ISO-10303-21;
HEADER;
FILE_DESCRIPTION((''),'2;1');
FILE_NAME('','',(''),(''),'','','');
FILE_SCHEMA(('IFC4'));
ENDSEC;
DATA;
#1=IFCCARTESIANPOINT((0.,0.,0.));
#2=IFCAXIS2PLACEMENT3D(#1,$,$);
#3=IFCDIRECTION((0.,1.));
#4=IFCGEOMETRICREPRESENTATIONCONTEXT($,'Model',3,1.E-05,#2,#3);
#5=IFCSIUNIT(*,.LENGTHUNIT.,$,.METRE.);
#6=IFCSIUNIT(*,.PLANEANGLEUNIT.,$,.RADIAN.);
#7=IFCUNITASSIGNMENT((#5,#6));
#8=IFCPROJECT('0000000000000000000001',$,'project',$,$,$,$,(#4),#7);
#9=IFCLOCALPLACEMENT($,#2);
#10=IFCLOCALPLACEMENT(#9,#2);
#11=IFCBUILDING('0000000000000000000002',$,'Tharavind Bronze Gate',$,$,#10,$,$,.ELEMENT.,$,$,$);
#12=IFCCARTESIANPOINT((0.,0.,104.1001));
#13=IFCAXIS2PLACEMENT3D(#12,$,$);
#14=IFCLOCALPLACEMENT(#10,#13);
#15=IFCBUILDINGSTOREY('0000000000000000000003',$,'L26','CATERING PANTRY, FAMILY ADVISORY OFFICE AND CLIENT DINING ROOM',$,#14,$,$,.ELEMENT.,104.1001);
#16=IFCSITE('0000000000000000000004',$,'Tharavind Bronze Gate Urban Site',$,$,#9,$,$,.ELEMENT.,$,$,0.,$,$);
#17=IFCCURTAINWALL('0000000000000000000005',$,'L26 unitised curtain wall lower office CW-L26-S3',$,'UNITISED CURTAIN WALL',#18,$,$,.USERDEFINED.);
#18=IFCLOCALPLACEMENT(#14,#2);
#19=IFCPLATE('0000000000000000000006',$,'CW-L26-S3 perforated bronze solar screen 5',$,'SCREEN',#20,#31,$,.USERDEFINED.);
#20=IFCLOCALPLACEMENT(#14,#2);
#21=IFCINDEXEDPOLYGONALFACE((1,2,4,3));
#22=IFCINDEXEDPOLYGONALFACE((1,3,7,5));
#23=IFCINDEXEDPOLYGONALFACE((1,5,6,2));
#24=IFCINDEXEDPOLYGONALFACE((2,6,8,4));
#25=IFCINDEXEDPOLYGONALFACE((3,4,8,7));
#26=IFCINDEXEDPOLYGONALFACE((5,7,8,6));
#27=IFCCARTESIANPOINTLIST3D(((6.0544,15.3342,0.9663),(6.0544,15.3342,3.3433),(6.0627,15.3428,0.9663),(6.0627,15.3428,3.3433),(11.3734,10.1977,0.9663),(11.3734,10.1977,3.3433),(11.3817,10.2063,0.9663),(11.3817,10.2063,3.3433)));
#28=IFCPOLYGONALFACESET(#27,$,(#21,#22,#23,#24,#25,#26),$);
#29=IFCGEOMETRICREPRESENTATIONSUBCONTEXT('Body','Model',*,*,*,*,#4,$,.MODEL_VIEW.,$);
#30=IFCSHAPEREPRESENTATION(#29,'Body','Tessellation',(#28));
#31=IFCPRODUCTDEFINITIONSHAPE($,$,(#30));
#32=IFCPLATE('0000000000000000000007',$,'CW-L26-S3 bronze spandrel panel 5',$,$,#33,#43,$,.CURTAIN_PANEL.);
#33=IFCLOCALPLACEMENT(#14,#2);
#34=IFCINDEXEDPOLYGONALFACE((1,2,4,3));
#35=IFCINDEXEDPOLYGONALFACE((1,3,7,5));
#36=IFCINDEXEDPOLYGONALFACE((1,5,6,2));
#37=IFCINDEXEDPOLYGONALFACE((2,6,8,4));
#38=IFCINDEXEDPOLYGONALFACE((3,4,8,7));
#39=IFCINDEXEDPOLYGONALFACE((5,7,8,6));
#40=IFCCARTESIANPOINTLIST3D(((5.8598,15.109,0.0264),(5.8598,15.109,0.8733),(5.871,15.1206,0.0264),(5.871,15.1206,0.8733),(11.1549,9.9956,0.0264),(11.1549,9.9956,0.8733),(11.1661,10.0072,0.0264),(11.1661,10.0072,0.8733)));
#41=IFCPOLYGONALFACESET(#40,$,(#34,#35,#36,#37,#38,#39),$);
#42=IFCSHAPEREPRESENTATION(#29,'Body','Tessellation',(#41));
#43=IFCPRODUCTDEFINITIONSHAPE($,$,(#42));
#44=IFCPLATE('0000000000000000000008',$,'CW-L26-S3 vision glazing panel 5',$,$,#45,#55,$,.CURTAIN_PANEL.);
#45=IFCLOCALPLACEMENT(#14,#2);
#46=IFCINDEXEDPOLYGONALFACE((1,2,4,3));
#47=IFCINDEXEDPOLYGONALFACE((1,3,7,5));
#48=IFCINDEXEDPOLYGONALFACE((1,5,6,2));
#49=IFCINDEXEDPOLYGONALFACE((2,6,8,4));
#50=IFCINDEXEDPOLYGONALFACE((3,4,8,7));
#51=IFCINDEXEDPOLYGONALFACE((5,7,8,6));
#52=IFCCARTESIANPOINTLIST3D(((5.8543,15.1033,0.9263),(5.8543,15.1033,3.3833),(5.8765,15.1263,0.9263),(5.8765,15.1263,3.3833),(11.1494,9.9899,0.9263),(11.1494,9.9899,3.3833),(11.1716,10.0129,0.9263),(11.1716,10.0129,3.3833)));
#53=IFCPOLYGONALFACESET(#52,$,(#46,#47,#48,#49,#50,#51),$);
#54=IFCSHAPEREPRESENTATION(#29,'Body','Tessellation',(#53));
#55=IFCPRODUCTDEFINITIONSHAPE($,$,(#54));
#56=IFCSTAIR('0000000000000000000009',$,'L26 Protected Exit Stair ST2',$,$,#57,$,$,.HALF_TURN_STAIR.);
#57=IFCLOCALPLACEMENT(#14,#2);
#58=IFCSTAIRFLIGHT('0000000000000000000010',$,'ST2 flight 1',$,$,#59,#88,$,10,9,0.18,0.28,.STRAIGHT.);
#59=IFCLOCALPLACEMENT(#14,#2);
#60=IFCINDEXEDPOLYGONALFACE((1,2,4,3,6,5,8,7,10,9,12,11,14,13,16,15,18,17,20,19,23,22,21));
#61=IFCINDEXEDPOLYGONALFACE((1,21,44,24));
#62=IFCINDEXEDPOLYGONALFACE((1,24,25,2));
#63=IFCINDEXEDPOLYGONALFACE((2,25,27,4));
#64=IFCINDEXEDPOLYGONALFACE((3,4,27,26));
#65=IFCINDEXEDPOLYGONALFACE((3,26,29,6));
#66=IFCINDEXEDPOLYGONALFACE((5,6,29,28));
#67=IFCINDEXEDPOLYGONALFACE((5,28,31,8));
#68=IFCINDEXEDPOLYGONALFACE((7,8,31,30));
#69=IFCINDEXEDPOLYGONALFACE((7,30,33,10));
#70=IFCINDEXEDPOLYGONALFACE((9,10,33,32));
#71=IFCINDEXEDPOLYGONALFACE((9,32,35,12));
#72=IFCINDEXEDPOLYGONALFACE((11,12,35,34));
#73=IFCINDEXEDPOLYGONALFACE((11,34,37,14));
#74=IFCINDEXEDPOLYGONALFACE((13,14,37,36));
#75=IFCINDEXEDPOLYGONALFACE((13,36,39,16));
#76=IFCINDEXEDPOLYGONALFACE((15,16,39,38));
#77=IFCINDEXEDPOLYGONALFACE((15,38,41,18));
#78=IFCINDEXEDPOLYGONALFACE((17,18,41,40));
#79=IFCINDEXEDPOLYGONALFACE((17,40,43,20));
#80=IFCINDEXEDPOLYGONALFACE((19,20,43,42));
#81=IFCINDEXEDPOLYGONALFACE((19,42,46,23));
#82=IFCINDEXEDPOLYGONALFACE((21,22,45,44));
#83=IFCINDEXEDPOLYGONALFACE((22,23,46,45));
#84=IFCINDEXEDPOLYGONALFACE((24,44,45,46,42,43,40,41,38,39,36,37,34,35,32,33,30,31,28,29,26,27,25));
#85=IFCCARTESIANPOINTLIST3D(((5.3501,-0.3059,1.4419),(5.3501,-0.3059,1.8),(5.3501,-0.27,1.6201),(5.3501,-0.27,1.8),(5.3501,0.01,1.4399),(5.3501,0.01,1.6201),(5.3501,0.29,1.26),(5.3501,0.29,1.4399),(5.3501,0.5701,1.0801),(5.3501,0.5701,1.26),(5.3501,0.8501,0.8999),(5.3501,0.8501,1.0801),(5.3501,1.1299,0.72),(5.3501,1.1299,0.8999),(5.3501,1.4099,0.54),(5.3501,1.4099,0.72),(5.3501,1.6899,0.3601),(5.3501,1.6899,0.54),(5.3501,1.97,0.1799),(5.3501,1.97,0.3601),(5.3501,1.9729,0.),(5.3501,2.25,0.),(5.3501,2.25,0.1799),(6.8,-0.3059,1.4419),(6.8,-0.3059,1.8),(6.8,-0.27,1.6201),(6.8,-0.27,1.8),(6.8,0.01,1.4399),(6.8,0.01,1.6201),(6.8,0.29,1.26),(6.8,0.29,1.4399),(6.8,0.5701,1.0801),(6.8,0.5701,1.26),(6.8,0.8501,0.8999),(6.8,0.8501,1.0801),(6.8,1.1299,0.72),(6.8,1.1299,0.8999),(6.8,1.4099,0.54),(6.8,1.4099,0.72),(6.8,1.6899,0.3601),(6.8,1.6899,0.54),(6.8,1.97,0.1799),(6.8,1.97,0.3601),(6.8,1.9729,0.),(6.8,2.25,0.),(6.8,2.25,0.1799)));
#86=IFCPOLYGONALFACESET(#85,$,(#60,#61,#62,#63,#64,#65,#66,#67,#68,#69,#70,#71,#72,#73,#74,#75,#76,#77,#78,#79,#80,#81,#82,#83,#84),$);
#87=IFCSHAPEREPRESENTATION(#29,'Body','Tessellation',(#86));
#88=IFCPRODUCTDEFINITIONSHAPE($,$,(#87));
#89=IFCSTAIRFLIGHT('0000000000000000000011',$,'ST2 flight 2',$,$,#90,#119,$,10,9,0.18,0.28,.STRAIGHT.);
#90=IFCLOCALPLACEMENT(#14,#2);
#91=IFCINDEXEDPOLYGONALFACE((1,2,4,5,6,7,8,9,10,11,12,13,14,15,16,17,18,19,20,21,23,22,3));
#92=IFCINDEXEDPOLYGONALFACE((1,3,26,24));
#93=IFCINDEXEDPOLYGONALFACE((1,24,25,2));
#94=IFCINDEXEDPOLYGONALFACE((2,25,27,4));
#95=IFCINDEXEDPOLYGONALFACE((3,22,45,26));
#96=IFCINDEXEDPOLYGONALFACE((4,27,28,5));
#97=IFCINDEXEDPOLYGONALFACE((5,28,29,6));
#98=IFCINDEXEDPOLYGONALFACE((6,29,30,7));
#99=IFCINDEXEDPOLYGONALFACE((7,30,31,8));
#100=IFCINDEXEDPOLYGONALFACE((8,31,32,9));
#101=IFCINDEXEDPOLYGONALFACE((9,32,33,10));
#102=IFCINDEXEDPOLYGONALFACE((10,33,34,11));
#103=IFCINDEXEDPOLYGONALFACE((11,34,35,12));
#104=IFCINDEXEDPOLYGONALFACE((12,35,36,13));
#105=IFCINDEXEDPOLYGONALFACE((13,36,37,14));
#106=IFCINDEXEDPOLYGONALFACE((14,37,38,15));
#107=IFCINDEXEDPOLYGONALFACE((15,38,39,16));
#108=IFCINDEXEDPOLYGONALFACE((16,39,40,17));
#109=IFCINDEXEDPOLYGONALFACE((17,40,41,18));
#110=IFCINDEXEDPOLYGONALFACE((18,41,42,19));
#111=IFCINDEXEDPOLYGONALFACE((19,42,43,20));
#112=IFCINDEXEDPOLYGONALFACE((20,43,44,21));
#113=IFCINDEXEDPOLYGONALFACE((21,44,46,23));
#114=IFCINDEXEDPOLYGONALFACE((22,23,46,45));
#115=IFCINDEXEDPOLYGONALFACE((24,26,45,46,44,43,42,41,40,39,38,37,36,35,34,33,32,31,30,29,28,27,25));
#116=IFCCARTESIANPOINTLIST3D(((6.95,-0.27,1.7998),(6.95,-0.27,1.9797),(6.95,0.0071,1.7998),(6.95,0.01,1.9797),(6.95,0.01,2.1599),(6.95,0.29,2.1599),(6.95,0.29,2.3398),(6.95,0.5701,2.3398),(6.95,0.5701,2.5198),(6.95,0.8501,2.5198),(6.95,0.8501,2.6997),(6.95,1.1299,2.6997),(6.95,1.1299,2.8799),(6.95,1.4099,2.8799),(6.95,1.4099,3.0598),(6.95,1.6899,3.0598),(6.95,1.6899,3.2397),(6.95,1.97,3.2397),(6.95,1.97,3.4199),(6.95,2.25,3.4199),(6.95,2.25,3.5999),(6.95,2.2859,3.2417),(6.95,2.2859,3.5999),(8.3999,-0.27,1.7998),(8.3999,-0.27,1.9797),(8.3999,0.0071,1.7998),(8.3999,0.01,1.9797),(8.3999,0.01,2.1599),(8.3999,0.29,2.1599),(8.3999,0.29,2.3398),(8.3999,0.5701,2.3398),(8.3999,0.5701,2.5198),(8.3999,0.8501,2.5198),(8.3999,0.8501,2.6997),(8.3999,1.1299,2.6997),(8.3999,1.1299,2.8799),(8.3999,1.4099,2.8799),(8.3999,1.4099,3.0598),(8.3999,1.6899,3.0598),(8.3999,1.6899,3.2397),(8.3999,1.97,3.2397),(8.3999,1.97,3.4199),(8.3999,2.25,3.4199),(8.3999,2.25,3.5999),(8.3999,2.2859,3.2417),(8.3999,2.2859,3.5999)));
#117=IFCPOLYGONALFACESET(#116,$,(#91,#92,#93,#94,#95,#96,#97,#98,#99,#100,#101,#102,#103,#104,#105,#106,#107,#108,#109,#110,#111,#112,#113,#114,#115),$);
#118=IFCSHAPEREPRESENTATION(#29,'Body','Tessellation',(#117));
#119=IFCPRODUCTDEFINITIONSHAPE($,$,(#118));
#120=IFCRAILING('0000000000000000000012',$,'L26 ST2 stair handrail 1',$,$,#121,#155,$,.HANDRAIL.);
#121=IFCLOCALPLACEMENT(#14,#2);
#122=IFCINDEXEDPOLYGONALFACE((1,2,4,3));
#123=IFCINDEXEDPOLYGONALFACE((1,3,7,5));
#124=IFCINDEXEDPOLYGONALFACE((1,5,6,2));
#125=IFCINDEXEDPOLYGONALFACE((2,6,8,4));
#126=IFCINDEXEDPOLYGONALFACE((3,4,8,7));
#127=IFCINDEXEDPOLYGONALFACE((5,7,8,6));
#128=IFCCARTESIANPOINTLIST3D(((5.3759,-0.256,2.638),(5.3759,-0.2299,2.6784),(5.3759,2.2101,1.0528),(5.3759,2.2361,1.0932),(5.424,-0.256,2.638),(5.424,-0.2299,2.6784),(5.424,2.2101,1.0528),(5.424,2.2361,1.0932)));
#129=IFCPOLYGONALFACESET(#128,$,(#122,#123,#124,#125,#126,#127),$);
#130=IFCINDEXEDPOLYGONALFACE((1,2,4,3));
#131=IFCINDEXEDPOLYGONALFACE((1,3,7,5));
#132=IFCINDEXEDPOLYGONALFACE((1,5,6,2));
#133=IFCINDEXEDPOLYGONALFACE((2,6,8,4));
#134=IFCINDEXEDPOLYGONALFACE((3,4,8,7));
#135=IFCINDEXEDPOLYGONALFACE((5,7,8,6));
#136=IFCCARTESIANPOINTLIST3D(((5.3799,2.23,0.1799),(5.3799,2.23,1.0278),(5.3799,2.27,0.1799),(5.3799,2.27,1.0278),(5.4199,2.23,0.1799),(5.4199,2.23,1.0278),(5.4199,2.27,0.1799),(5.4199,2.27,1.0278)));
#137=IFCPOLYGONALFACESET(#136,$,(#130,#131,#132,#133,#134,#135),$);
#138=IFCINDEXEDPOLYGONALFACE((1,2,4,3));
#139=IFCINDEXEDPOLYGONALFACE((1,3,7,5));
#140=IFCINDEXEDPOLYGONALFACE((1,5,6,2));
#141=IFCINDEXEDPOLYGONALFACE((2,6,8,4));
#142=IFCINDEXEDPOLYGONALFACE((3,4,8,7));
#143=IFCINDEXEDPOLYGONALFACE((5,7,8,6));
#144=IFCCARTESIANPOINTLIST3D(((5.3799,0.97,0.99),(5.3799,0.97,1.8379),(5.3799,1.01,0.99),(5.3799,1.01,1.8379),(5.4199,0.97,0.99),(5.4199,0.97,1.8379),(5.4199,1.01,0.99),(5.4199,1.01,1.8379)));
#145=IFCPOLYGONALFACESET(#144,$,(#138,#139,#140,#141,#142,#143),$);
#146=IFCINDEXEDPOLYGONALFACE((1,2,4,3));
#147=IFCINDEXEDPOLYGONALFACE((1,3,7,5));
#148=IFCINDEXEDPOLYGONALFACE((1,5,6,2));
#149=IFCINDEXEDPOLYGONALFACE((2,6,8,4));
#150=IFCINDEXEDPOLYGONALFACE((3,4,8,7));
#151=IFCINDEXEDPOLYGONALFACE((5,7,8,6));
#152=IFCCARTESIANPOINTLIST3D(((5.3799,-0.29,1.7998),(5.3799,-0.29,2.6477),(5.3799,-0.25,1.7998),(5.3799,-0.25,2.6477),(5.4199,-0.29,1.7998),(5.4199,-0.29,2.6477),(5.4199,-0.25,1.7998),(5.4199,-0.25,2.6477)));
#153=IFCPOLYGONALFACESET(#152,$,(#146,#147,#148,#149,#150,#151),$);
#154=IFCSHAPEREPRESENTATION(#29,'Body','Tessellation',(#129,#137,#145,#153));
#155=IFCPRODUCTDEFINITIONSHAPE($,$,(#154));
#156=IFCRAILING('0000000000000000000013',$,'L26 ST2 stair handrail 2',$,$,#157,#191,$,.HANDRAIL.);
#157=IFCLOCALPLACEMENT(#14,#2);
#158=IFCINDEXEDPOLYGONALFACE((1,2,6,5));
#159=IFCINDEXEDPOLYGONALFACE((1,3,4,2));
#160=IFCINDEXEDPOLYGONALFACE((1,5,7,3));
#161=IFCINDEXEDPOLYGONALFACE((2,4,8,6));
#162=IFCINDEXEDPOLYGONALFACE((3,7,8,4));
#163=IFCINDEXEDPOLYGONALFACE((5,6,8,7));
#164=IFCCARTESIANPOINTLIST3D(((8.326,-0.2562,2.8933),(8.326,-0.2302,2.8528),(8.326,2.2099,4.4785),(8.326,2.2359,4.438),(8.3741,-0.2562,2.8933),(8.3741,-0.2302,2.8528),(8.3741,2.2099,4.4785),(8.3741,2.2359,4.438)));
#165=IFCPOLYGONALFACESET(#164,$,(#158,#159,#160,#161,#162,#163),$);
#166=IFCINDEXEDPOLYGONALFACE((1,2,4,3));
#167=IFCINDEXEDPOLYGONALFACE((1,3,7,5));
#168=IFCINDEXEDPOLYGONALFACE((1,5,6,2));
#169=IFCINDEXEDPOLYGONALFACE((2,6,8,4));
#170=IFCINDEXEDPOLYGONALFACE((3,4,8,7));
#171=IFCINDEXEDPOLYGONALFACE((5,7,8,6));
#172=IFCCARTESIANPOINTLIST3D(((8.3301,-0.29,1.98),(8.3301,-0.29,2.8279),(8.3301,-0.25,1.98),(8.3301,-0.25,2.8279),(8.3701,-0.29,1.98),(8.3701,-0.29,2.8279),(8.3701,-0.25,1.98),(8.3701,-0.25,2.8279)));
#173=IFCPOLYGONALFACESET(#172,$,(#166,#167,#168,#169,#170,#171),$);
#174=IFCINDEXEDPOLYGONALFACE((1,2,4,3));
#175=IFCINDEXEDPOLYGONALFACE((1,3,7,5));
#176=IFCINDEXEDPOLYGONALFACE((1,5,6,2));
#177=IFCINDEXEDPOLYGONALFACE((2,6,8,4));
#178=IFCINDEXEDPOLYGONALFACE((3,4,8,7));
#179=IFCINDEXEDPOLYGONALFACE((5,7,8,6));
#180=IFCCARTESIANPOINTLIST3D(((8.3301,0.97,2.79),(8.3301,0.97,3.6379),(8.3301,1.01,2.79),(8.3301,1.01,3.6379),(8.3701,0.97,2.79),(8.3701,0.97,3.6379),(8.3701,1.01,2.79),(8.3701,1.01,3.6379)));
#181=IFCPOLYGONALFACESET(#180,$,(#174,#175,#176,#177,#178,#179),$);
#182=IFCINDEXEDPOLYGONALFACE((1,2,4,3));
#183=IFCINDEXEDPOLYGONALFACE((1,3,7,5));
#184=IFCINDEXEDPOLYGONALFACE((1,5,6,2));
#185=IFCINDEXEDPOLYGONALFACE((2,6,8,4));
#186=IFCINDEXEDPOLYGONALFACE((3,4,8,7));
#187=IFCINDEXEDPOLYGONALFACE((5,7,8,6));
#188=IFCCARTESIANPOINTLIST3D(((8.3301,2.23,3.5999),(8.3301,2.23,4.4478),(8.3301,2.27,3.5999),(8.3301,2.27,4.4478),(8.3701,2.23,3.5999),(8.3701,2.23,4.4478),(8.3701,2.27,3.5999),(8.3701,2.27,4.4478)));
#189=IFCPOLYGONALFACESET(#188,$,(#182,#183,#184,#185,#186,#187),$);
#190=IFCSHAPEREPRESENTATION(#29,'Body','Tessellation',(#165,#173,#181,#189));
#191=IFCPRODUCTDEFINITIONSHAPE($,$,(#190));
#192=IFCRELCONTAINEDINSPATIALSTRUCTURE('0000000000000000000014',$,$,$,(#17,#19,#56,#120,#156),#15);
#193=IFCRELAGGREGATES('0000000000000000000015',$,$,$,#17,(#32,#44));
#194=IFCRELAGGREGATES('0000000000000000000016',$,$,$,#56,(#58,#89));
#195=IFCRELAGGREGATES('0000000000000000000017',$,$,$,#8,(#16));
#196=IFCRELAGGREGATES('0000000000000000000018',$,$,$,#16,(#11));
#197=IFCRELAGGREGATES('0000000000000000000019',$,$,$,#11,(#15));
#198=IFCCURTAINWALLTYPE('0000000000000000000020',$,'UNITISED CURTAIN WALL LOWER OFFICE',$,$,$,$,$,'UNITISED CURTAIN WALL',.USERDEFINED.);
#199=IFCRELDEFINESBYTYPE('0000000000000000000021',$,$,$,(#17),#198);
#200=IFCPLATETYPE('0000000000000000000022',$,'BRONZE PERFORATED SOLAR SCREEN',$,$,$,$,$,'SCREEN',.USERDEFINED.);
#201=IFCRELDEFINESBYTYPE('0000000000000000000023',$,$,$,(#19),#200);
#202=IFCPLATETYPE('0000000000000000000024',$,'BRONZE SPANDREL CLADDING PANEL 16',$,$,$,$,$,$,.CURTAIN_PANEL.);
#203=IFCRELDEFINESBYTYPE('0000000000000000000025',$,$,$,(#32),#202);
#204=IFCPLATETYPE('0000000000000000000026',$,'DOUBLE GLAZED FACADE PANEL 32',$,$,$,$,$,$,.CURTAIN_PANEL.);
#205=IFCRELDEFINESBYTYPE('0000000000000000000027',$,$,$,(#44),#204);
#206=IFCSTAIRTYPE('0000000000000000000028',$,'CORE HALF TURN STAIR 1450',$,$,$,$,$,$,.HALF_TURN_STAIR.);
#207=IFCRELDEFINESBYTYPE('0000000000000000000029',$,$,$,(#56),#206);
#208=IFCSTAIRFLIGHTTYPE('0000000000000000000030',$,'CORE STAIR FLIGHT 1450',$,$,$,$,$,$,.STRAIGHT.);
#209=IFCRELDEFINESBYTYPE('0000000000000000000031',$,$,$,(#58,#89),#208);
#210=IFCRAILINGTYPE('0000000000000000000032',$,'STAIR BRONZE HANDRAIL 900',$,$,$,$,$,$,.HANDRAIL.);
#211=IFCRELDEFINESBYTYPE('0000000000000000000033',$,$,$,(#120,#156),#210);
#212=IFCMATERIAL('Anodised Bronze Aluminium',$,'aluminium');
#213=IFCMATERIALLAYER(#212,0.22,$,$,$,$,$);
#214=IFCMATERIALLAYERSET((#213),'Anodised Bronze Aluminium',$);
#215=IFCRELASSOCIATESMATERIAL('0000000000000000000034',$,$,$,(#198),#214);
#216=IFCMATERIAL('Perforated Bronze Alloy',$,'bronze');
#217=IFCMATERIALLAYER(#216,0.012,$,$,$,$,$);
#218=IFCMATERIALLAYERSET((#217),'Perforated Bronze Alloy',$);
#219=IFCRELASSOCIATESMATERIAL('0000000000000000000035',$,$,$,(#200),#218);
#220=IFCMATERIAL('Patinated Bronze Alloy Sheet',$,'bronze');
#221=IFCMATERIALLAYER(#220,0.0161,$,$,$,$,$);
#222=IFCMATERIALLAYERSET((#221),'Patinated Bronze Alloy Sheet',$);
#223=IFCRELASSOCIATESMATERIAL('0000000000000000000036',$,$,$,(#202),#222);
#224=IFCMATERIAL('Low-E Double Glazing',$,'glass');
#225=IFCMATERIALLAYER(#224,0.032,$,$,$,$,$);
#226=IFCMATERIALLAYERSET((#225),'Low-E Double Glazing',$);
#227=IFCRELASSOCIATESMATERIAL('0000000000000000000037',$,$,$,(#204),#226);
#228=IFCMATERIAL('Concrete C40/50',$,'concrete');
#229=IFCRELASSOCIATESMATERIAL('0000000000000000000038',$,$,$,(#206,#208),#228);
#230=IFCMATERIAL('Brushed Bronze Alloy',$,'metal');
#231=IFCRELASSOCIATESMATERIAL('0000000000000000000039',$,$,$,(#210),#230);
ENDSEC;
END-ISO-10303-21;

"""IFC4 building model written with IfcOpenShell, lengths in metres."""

from ifc_helpers import new_model, si_unit, direction, frame, origin, origin_2d, place, context, subcontext, project, spatial, polyline, rectangle, outline, extrude, material, layer, layer_set, type_object, element, aggregate, save


model = new_model("IFC4")

# Units and contexts
model_context = context("Model", 3, precision=1e-05, world=origin(), true_north=direction((0.0, 1.0)))
body_context = subcontext(model_context, "Body", "Model", "MODEL_VIEW")
ifc_project = project(units=[si_unit("LENGTHUNIT", "METRE"), si_unit("PLANEANGLEUNIT", "RADIAN")], contexts=[model_context])

# Site, building, storey
site_placement = place(None, origin())
site = spatial("IfcSite", under=ifc_project, at=site_placement, Name="Tharavind Bronze Gate Urban Site", CompositionType="ELEMENT", RefElevation=0.0)
building_placement = place(site_placement, origin())
building = spatial("IfcBuilding", under=site, at=building_placement, Name="Tharavind Bronze Gate", CompositionType="ELEMENT")
storey_placement = place(building_placement, frame((0.0, 0.0, 104.1001)))
storey = spatial("IfcBuildingStorey", under=building, at=storey_placement, Name="L26", Description="CATERING PANTRY, FAMILY ADVISORY OFFICE AND CLIENT DINING ROOM", CompositionType="ELEMENT", Elevation=104.1001)

# Curtain wall
ifc_material_1 = material(Name="Anodised Bronze Aluminium", Category="aluminium")
ifc_layer_1 = layer(ifc_material_1, 0.22)
ifc_layer_set_1 = layer_set([ifc_layer_1], Name="Anodised Bronze Aluminium")
curtain_wall_type = type_object("IfcCurtainWallType", Name="UNITISED CURTAIN WALL LOWER OFFICE", ElementType="UNITISED CURTAIN WALL", PredefinedType="USERDEFINED", material=ifc_layer_set_1)
curtain_wall_placement = place(storey_placement, origin())
curtain_wall = element("IfcCurtainWall", 1, at=curtain_wall_placement, inside=storey, type_object=curtain_wall_type, Name="L26 unitised curtain wall lower office CW-L26-S3", ObjectType="UNITISED CURTAIN WALL", PredefinedType="USERDEFINED")

# Plates
ifc_material_2 = material(Name="Perforated Bronze Alloy", Category="bronze")
ifc_layer_2 = layer(ifc_material_2, 0.012)
ifc_layer_set_2 = layer_set([ifc_layer_2], Name="Perforated Bronze Alloy")
plate_type_1 = type_object("IfcPlateType", Name="BRONZE PERFORATED SOLAR SCREEN", ElementType="SCREEN", PredefinedType="USERDEFINED", material=ifc_layer_set_2)
plate_1_placement = place(storey_placement, frame((8.718, 12.7703, 0.9663), z_axis=(0.0, 0.0, 1.0), x_axis=(-0.719341, 0.694657, 0.0)))
element("IfcPlate", 2, at=plate_1_placement, inside=storey, type_object=plate_type_1, Name="CW-L26-S3 perforated bronze solar screen 5", ObjectType="SCREEN", PredefinedType="USERDEFINED", context=body_context, shape_type="SweptSolid", body=[
    extrude(rectangle(XDim=7.3943, YDim=0.012, at=origin_2d()), origin(), (0.0, 0.0, 1.0), 2.377),
])
ifc_material_3 = material(Name="Patinated Bronze Alloy Sheet", Category="bronze")
ifc_layer_3 = layer(ifc_material_3, 0.0161)
ifc_layer_set_3 = layer_set([ifc_layer_3], Name="Patinated Bronze Alloy Sheet")
plate_type_2 = type_object("IfcPlateType", Name="BRONZE SPANDREL CLADDING PANEL 16", PredefinedType="CURTAIN_PANEL", material=ifc_layer_set_3)
plate_2_placement = place(storey_placement, frame((8.5129, 12.5581, 0.0264), z_axis=(0.0, 0.0, 1.0), x_axis=(-0.719341, 0.694657, 0.0)))
plate_2 = element("IfcPlate", 3, at=plate_2_placement, type_object=plate_type_2, Name="CW-L26-S3 bronze spandrel panel 5", PredefinedType="CURTAIN_PANEL", context=body_context, shape_type="SweptSolid", body=[
    extrude(rectangle(XDim=7.3611, YDim=0.0161, at=origin_2d()), origin(), (0.0, 0.0, 1.0), 0.8469),
])
ifc_material_4 = material(Name="Low-E Double Glazing", Category="glass")
ifc_layer_4 = layer(ifc_material_4, 0.032)
ifc_layer_set_4 = layer_set([ifc_layer_4], Name="Low-E Double Glazing")
plate_type_3 = type_object("IfcPlateType", Name="DOUBLE GLAZED FACADE PANEL 32", PredefinedType="CURTAIN_PANEL", material=ifc_layer_set_4)
plate_3_placement = place(storey_placement, frame((8.5129, 12.5581, 0.9263), z_axis=(0.0, 0.0, 1.0), x_axis=(-0.719341, 0.694657, 0.0)))
plate_3 = element("IfcPlate", 4, at=plate_3_placement, type_object=plate_type_3, Name="CW-L26-S3 vision glazing panel 5", PredefinedType="CURTAIN_PANEL", context=body_context, shape_type="SweptSolid", body=[
    extrude(rectangle(XDim=7.3611, YDim=0.032, at=origin_2d()), origin(), (0.0, 0.0, 1.0), 2.457),
])
aggregate(curtain_wall, [plate_2, plate_3])

# Stair, stair flights
ifc_material_5 = material(Name="Concrete C40/50", Category="concrete")
stair_type = type_object("IfcStairType", Name="CORE HALF TURN STAIR 1450", PredefinedType="HALF_TURN_STAIR", material=ifc_material_5)
stair_placement = place(storey_placement, origin())
stair = element("IfcStair", 5, at=stair_placement, inside=storey, type_object=stair_type, Name="L26 Protected Exit Stair ST2", PredefinedType="HALF_TURN_STAIR")
stair_flight_type = type_object("IfcStairFlightType", Name="CORE STAIR FLIGHT 1450", PredefinedType="STRAIGHT", material=ifc_material_5)
stair_flight_1_placement = place(storey_placement, frame((6.075, 2.25, 0.0), z_axis=(0.0, 0.0, 1.0), x_axis=(0.0, -1.0, 0.0)))
stair_flight_1 = element("IfcStairFlight", 6, at=stair_flight_1_placement, type_object=stair_flight_type, Name="ST2 flight 1", NumberOfRisers=10, NumberOfTreads=9, PredefinedType="STRAIGHT", RiserHeight=0.18, TreadLength=0.28, context=body_context, shape_type="SweptSolid", body=[
    extrude(outline(polyline([(0.0, 0.0), (0.0, 0.1799), (0.28, 0.1799), (0.28, 0.3601), (0.5601, 0.3601), (0.5601, 0.54), (0.8401, 0.54), (0.8401, 0.72), (1.1201, 0.72), (1.1201, 0.8999), (1.3999, 0.8999), (1.3999, 1.0801), (1.6799, 1.0801), (1.6799, 1.26), (1.96, 1.26), (1.96, 1.4399), (2.24, 1.4399), (2.24, 1.6201), (2.52, 1.6201), (2.52, 1.8), (2.5559, 1.8), (2.5559, 1.4419), (0.2771, 0.0), (0.0, 0.0)])), frame((0.0, 0.7251, 0.0), z_axis=(0.0, -1.0, 0.0), x_axis=(1.0, 0.0, 0.0)), (0.0, 0.0, 1.0), 1.45),
])
stair_flight_2_placement = place(storey_placement, frame((7.675, -0.27, 1.7998), z_axis=(0.0, 0.0, 1.0), x_axis=(0.0, 1.0, 0.0)))
stair_flight_2 = element("IfcStairFlight", 7, at=stair_flight_2_placement, type_object=stair_flight_type, Name="ST2 flight 2", NumberOfRisers=10, NumberOfTreads=9, PredefinedType="STRAIGHT", RiserHeight=0.18, TreadLength=0.28, context=body_context, shape_type="SweptSolid", body=[
    extrude(outline(polyline([(0.0, 0.0), (0.0, 0.1799), (0.28, 0.1799), (0.28, 0.3601), (0.5601, 0.3601), (0.5601, 0.54), (0.8401, 0.54), (0.8401, 0.72), (1.1201, 0.72), (1.1201, 0.8999), (1.3999, 0.8999), (1.3999, 1.0801), (1.6799, 1.0801), (1.6799, 1.26), (1.96, 1.26), (1.96, 1.4399), (2.24, 1.4399), (2.24, 1.6201), (2.52, 1.6201), (2.52, 1.8), (2.5559, 1.8), (2.5559, 1.4419), (0.2771, 0.0), (0.0, 0.0)])), frame((0.0, 0.7251, 0.0), z_axis=(0.0, -1.0, 0.0), x_axis=(1.0, 0.0, 0.0)), (0.0, 0.0, 1.0), 1.45),
])
aggregate(stair, [stair_flight_1, stair_flight_2])

# Railings
ifc_material_6 = material(Name="Brushed Bronze Alloy", Category="metal")
railing_type_1 = type_object("IfcRailingType", Name="STAIR BRONZE HANDRAIL 900", PredefinedType="HANDRAIL", material=ifc_material_6)
railing_1_placement = place(storey_placement, frame((5.3999, 2.25, 0.1799)))
element("IfcRailing", 8, at=railing_1_placement, inside=storey, type_object=railing_type_1, Name="L26 ST2 stair handrail 1", PredefinedType="HANDRAIL", context=body_context, shape_type="SweptSolid", body=[
    extrude(rectangle(XDim=0.0481, YDim=0.0481, at=origin_2d()), frame((0.0, -0.0269, 0.8931), z_axis=(0.0, -0.8412, 0.540725), x_axis=(1.0, 0.0, 0.0)), (0.0, 0.0, 1.0), 2.9316),
    extrude(rectangle(XDim=0.04, YDim=0.04, at=origin_2d()), origin(), (0.0, 0.0, 1.0), 0.8479),
    extrude(rectangle(XDim=0.04, YDim=0.04, at=origin_2d()), frame((0.0, -1.26, 0.8101)), (0.0, 0.0, 1.0), 0.8479),
    extrude(rectangle(XDim=0.04, YDim=0.04, at=origin_2d()), frame((0.0, -2.52, 1.6199)), (0.0, 0.0, 1.0), 0.8479),
])
railing_2_placement = place(storey_placement, frame((8.3501, -0.27, 1.98)))
element("IfcRailing", 9, at=railing_2_placement, inside=storey, type_object=railing_type_1, Name="L26 ST2 stair handrail 2", PredefinedType="HANDRAIL", context=body_context, shape_type="SweptSolid", body=[
    extrude(rectangle(XDim=0.0481, YDim=0.0481, at=origin_2d()), frame((0.0, 0.0269, 0.8931), z_axis=(0.0, 0.8412, 0.540725), x_axis=(-1.0, 0.0, 0.0)), (0.0, 0.0, 1.0), 2.9316),
    extrude(rectangle(XDim=0.04, YDim=0.04, at=origin_2d()), origin(), (0.0, 0.0, 1.0), 0.8479),
    extrude(rectangle(XDim=0.04, YDim=0.04, at=origin_2d()), frame((0.0, 1.26, 0.8101)), (0.0, 0.0, 1.0), 0.8479),
    extrude(rectangle(XDim=0.04, YDim=0.04, at=origin_2d()), frame((0.0, 2.52, 1.6199)), (0.0, 0.0, 1.0), 0.8479),
])

save(model, "model.ifc")
